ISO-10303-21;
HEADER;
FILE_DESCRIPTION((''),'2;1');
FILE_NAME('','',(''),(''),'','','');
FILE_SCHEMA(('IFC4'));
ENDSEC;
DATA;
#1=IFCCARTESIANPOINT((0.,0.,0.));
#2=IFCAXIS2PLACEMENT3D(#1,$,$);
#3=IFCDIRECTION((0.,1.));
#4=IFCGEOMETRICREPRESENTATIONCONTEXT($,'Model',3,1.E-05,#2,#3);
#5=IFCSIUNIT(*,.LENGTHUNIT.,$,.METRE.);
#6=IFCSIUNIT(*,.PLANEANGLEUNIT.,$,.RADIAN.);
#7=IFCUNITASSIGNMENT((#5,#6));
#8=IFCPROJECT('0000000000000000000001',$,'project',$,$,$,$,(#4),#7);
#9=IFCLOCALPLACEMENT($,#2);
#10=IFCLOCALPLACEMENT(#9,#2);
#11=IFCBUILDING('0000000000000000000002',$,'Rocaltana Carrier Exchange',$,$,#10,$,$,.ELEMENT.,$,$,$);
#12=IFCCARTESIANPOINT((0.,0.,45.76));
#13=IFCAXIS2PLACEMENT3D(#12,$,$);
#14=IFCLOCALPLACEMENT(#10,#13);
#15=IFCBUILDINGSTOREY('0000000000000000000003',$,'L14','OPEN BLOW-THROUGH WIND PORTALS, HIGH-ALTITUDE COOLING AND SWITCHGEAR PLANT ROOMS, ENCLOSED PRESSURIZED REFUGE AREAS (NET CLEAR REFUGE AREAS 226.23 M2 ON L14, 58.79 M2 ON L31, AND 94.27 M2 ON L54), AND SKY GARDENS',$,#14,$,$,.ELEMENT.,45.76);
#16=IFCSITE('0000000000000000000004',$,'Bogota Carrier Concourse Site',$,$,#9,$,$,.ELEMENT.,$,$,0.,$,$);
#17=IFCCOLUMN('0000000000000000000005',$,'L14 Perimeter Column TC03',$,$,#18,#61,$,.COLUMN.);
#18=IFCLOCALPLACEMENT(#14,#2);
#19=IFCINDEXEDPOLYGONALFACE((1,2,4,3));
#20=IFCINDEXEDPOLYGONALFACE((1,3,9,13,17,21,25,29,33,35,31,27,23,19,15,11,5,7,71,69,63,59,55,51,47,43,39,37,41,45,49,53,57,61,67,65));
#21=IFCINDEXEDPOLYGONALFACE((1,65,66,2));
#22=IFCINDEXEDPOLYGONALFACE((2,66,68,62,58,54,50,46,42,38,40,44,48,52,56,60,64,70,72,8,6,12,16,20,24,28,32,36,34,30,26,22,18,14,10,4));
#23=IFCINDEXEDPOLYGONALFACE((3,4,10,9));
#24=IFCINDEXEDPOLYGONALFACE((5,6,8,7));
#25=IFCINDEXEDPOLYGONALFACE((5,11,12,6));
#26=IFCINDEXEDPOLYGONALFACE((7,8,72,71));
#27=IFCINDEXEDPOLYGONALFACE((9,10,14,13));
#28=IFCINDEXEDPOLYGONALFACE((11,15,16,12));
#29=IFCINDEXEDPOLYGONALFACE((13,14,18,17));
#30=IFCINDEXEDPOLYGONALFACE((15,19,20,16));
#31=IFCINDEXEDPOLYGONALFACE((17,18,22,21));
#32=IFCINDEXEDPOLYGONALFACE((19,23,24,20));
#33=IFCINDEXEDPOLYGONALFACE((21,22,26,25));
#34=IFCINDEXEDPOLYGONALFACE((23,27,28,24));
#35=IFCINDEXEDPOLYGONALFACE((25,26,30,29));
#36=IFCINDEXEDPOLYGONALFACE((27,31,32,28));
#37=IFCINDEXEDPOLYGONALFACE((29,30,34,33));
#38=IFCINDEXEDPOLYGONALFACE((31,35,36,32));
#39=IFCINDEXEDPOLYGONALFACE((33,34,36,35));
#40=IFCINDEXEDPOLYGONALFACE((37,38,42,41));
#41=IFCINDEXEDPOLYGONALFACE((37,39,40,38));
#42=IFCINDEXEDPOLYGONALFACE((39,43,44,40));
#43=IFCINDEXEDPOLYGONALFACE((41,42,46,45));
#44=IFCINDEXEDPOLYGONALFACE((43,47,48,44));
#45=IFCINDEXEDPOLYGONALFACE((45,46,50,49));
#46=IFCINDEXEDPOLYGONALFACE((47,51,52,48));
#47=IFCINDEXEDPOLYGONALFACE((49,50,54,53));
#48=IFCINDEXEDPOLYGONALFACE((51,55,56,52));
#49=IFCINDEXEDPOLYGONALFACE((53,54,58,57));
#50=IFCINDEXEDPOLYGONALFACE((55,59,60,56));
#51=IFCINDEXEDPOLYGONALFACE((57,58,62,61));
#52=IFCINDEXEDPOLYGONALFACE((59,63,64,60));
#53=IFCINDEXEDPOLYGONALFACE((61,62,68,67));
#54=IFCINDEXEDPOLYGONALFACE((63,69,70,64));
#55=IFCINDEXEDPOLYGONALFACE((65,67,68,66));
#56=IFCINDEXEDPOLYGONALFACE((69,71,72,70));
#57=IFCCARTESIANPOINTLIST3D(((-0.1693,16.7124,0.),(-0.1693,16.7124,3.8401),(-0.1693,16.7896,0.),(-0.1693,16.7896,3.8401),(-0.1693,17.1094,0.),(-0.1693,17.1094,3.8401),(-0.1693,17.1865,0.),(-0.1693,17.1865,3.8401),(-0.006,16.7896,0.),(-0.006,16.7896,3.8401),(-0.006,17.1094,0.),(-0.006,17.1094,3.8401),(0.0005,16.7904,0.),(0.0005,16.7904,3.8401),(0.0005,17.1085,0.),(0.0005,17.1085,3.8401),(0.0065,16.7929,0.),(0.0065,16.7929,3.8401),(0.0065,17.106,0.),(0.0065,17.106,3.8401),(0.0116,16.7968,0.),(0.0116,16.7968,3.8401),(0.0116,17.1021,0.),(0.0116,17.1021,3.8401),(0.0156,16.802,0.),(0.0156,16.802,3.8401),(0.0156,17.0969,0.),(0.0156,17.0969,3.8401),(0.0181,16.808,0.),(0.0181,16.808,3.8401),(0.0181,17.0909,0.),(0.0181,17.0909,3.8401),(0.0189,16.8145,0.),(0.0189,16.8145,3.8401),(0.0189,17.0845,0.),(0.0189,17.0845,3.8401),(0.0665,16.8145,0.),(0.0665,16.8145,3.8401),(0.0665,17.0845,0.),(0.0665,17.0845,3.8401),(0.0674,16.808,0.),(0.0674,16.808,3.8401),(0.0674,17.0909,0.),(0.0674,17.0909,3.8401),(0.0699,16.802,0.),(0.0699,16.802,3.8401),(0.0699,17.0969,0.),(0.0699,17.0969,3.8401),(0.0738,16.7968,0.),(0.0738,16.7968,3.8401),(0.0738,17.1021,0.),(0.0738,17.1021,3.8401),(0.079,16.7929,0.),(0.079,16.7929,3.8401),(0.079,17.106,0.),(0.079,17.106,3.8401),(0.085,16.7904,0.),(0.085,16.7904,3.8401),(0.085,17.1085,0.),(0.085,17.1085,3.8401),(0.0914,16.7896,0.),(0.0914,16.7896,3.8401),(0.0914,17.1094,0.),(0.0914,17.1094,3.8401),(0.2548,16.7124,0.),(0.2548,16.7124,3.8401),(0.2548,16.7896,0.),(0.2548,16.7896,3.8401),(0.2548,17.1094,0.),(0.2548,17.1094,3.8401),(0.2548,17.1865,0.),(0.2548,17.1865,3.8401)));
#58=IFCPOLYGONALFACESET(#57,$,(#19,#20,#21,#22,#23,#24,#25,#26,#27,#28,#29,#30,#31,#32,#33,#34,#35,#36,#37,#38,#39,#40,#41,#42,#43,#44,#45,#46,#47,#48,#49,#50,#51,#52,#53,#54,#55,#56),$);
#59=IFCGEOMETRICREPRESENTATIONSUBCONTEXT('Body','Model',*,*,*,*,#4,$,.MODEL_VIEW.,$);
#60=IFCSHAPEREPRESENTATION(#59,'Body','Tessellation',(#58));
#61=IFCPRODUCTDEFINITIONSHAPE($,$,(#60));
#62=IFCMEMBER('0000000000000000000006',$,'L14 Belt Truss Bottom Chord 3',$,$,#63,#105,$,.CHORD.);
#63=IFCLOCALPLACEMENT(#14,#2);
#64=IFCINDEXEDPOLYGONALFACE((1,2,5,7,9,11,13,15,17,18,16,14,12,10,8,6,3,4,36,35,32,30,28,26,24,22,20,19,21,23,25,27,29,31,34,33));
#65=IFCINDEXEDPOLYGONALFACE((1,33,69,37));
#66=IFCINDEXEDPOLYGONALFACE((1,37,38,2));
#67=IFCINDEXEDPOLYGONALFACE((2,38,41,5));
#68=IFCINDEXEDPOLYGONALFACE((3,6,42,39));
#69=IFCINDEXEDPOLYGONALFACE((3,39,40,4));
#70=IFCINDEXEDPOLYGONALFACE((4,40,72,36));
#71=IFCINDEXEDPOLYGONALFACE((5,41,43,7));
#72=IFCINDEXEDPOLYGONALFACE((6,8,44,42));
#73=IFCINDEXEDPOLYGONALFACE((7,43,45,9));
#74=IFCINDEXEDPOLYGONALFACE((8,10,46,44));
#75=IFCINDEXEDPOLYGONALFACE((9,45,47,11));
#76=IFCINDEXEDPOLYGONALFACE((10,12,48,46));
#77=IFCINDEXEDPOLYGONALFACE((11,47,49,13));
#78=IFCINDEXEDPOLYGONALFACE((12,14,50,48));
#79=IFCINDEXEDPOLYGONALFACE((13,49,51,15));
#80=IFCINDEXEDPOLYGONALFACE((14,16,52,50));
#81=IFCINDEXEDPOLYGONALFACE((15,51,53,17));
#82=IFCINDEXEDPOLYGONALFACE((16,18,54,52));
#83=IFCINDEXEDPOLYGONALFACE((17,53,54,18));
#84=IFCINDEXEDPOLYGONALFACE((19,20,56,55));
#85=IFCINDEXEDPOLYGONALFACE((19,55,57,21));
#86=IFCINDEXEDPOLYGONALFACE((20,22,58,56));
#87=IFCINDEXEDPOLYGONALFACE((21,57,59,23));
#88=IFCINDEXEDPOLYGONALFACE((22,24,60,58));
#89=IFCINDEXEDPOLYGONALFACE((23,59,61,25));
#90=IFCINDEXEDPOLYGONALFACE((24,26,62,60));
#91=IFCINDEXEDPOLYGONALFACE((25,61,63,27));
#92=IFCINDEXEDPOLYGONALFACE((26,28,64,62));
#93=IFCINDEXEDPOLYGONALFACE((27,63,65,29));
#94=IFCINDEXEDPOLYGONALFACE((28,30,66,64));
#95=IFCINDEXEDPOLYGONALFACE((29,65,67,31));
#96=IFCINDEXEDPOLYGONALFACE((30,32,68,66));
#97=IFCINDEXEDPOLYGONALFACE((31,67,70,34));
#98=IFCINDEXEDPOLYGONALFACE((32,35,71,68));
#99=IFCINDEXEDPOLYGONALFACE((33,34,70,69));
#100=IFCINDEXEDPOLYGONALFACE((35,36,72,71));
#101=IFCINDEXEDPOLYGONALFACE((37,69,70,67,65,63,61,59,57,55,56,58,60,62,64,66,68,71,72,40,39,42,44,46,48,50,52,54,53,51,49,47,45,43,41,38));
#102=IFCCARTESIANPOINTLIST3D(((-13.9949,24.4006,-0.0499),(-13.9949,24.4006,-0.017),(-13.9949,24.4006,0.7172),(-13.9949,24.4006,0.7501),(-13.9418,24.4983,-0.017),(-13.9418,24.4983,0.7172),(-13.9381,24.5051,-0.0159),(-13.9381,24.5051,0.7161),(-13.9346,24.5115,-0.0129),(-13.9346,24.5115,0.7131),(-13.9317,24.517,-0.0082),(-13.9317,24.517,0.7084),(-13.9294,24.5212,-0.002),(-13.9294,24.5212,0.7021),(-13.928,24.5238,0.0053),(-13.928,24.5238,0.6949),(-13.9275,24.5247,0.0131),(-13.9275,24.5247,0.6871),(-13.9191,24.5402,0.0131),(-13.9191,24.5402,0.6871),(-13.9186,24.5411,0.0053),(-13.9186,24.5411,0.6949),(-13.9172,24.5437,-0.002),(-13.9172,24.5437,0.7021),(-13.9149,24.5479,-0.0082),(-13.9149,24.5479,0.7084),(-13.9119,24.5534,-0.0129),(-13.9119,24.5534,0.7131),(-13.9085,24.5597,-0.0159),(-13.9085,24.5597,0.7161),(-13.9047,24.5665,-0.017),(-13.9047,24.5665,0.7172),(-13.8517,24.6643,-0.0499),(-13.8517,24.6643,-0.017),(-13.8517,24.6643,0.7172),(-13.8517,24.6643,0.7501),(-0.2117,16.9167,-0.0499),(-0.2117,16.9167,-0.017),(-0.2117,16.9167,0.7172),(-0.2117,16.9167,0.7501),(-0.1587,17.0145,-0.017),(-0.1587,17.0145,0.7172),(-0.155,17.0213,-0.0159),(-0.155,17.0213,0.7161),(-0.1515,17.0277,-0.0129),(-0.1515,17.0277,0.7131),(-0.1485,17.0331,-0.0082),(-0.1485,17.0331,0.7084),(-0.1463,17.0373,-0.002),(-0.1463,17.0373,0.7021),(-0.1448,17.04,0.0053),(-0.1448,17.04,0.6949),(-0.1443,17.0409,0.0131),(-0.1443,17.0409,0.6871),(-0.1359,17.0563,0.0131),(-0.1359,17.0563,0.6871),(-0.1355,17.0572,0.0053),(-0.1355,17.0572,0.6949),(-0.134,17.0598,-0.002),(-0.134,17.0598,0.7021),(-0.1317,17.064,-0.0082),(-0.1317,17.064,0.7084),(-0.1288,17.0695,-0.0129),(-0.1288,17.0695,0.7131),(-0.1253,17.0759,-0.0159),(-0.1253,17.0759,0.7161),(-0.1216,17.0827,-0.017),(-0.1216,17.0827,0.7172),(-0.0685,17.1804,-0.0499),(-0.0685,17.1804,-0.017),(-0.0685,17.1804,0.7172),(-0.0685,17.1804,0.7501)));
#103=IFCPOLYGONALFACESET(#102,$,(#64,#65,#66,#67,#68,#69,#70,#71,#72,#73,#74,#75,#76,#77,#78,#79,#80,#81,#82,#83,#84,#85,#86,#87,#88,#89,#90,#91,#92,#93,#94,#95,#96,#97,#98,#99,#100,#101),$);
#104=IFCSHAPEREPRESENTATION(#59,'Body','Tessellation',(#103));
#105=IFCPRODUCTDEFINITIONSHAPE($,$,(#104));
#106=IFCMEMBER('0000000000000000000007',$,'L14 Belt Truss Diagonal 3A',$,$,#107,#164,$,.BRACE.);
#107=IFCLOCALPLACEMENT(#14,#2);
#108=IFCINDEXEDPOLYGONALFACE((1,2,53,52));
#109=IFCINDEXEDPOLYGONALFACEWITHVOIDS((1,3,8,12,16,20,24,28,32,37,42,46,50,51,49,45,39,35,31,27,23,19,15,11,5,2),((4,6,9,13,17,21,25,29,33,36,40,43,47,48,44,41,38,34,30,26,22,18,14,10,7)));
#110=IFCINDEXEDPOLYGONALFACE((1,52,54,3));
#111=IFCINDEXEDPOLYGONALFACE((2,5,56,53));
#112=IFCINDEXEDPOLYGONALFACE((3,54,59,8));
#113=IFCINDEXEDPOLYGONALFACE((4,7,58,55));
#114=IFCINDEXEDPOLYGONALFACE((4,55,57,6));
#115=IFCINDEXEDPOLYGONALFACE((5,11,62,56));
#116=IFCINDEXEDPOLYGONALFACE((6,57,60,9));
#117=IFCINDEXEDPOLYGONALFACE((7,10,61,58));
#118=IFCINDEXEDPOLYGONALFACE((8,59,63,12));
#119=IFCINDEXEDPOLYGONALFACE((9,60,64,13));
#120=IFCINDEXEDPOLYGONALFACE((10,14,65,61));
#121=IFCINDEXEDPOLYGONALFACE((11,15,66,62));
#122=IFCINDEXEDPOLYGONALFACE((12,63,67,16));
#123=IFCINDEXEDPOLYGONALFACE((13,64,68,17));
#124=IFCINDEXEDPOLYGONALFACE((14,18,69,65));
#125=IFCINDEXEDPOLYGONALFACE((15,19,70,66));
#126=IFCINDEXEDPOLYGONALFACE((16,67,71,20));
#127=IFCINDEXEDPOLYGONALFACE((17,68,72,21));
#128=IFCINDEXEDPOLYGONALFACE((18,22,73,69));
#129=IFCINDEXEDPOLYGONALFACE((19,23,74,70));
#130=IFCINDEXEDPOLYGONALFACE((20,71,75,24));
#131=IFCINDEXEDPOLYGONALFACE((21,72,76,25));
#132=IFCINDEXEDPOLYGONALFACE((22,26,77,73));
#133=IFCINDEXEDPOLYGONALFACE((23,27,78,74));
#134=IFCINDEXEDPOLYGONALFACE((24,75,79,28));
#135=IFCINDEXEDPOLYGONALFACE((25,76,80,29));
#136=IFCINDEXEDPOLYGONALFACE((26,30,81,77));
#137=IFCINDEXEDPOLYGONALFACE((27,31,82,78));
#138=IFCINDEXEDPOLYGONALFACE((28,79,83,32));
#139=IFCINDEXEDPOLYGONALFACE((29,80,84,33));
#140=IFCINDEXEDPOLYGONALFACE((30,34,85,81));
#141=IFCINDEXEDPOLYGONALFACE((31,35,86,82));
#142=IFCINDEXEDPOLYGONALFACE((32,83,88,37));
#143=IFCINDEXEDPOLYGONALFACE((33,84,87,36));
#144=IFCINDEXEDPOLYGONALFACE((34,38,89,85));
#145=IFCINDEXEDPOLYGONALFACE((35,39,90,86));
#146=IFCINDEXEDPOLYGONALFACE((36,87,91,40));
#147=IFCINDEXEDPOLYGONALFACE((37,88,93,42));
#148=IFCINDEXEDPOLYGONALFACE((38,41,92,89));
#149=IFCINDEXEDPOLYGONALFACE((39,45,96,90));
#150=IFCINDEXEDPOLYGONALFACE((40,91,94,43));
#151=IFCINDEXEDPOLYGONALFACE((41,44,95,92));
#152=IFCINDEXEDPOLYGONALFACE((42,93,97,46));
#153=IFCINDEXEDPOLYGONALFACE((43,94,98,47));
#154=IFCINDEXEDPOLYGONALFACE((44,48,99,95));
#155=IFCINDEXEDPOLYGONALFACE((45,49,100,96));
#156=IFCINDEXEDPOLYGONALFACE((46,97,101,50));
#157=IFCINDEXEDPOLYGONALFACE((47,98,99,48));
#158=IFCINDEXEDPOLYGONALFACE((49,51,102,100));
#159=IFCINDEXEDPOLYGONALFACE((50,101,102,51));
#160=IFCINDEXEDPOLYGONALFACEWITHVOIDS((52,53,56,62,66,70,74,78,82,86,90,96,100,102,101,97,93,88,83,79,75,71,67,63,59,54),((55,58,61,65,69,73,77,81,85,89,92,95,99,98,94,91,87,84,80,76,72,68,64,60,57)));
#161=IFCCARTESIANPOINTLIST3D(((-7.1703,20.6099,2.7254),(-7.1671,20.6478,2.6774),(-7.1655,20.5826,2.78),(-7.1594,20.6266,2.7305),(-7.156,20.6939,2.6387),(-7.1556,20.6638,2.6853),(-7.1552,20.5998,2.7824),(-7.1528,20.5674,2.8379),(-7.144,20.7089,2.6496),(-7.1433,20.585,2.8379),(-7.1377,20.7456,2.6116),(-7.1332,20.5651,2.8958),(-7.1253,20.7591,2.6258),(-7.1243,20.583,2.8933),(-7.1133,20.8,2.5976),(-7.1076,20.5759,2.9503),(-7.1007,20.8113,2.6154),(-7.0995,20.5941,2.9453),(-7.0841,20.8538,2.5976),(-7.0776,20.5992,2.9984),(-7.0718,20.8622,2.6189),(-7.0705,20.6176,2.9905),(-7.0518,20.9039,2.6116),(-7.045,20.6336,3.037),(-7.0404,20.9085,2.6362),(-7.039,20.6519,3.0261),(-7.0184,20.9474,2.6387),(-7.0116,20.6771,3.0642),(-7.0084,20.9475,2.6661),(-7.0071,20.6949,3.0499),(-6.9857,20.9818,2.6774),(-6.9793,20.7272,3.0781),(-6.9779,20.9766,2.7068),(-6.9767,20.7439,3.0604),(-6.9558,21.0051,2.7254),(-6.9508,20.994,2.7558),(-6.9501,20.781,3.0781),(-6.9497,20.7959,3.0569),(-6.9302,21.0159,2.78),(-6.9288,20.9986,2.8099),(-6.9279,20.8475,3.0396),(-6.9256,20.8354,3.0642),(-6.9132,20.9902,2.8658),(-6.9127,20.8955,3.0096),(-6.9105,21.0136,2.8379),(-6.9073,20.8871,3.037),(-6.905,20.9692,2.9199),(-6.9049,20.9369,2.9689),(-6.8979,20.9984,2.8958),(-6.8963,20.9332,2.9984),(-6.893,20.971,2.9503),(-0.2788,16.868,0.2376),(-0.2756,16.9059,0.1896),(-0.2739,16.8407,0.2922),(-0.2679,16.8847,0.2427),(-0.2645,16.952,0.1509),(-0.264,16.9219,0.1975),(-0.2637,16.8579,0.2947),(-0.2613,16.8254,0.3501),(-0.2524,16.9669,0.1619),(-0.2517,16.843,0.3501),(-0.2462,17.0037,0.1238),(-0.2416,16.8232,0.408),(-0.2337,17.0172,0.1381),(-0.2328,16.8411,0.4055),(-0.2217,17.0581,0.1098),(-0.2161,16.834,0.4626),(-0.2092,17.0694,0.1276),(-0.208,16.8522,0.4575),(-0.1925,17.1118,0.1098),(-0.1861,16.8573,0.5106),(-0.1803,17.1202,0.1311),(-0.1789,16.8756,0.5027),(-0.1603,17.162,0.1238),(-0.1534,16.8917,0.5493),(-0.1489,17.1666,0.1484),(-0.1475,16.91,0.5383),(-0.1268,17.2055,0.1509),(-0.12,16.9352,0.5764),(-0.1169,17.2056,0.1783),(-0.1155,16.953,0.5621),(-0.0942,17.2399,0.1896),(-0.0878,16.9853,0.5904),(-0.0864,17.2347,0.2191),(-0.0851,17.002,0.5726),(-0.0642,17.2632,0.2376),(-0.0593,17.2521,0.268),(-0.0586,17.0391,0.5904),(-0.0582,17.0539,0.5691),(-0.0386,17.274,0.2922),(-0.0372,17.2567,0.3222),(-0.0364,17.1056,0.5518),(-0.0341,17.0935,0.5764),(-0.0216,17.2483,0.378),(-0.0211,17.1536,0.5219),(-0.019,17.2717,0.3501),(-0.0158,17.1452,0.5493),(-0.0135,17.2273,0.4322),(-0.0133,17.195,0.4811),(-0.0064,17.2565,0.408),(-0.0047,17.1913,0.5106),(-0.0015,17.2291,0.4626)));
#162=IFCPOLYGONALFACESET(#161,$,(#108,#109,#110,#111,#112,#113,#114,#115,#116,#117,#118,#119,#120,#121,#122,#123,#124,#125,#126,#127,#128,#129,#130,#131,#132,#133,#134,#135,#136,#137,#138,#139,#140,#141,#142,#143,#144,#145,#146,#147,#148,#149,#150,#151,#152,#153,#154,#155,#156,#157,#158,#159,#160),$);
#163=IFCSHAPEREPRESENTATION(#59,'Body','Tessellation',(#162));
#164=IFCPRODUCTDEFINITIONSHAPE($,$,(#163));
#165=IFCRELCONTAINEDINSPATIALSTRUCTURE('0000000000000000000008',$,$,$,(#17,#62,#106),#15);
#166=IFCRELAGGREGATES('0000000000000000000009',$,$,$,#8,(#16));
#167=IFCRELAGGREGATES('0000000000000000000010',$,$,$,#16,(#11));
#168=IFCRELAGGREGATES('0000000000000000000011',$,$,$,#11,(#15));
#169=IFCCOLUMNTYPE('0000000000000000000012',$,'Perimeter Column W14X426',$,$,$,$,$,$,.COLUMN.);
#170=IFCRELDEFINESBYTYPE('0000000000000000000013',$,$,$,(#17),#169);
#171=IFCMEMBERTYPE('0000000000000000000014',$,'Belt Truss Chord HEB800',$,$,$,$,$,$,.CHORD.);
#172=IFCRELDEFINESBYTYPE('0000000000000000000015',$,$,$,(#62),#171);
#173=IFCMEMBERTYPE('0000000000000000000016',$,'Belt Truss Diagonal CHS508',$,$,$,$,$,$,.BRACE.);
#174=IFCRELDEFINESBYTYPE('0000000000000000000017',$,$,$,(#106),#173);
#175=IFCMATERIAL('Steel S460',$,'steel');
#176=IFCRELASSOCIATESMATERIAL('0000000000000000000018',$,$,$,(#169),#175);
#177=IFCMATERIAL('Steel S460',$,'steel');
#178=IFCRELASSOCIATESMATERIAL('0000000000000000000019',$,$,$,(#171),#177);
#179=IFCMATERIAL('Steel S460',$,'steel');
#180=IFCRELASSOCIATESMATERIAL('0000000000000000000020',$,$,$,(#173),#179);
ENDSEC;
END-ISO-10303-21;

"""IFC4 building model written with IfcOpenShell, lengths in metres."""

from ifc_helpers import new_model, si_unit, direction, frame, origin, origin_2d, place, context, subcontext, project, spatial, hollow_circle, i_section, extrude, material, material_profile, profile_set, type_object, element, save


model = new_model("IFC4")

# Units and contexts
model_context = context("Model", 3, precision=1e-05, world=origin(), true_north=direction((0.0, 1.0)))
body_context = subcontext(model_context, "Body", "Model", "MODEL_VIEW")
ifc_project = project(units=[si_unit("LENGTHUNIT", "METRE"), si_unit("PLANEANGLEUNIT", "RADIAN")], contexts=[model_context])

# Site, building, storey
site_placement = place(None, origin())
site = spatial("IfcSite", under=ifc_project, at=site_placement, Name="Bogota Carrier Concourse Site", CompositionType="ELEMENT", RefElevation=0.0)
building_placement = place(site_placement, origin())
building = spatial("IfcBuilding", under=site, at=building_placement, Name="Rocaltana Carrier Exchange", CompositionType="ELEMENT")
storey_placement = place(building_placement, frame((0.0, 0.0, 45.76)))
storey = spatial("IfcBuildingStorey", under=building, at=storey_placement, Name="L14", Description="OPEN BLOW-THROUGH WIND PORTALS, HIGH-ALTITUDE COOLING AND SWITCHGEAR PLANT ROOMS, ENCLOSED PRESSURIZED REFUGE AREAS (NET CLEAR REFUGE AREAS 226.23 M2 ON L14, 58.79 M2 ON L31, AND 94.27 M2 ON L54), AND SKY GARDENS", CompositionType="ELEMENT", Elevation=45.76)

# Column
ifc_material_1 = material(Name="Steel S460", Category="steel")
ifc_material_profile_1 = material_profile(ifc_material_1, i_section(OverallWidth=0.4241, OverallDepth=0.4741, WebThickness=0.0476, FlangeThickness=0.0771, FilletRadius=0.0249, at=origin_2d()), Name="W14X426")
ifc_profile_set_1 = profile_set([ifc_material_profile_1], Name="Steel S460")
column_type = type_object("IfcColumnType", Name="Perimeter Column W14X426", PredefinedType="COLUMN", material=ifc_profile_set_1)
column_placement = place(storey_placement, frame((0.0427, 16.9495, 0.0), z_axis=(0.0, 0.0, 1.0), x_axis=(1.0, 0.0, 0.0)))
element("IfcColumn", 1, at=column_placement, inside=storey, type_object=column_type, Name="L14 Perimeter Column TC03", PredefinedType="COLUMN", context=body_context, shape_type="SweptSolid", body=[
    extrude(i_section(OverallWidth=0.4241, OverallDepth=0.4741, WebThickness=0.0476, FlangeThickness=0.0771, FilletRadius=0.0249, at=origin_2d()), origin(), (0.0, 0.0, 1.0), 3.8401),
])

# Members
ifc_material_2 = material(Name="Steel S460", Category="steel")
ifc_material_profile_2 = material_profile(ifc_material_2, i_section(OverallWidth=0.3, OverallDepth=0.8, WebThickness=0.0176, FlangeThickness=0.033, FilletRadius=0.03, at=origin_2d()), Name="HEB800")
ifc_profile_set_2 = profile_set([ifc_material_profile_2], Name="Steel S460")
member_type_1 = type_object("IfcMemberType", Name="Belt Truss Chord HEB800", PredefinedType="CHORD", material=ifc_profile_set_2)
member_1_placement = place(storey_placement, frame((-0.1401, 17.0486, 0.3501), z_axis=(-0.878811, 0.477169, 0.0), x_axis=(-0.477169, -0.878811, 0.0)))
element("IfcMember", 2, at=member_1_placement, inside=storey, type_object=member_type_1, Name="L14 Belt Truss Bottom Chord 3", PredefinedType="CHORD", context=body_context, shape_type="SweptSolid", body=[
    extrude(i_section(OverallWidth=0.3, OverallDepth=0.8, WebThickness=0.0176, FlangeThickness=0.033, FilletRadius=0.03, at=origin_2d()), origin(), (0.0, 0.0, 1.0), 15.6838),
])
ifc_material_3 = material(Name="Steel S460", Category="steel")
ifc_material_profile_3 = material_profile(ifc_material_3, hollow_circle(Radius=0.2539, WallThickness=0.02, at=origin_2d()), Name="CHS508X20")
ifc_profile_set_3 = profile_set([ifc_material_profile_3], Name="Steel S460")
member_type_2 = type_object("IfcMemberType", Name="Belt Truss Diagonal CHS508", PredefinedType="BRACE", material=ifc_profile_set_3)
member_2_placement = place(storey_placement, frame((-0.1401, 17.0486, 0.3501), z_axis=(-0.837669, 0.454831, 0.302389), x_axis=(-0.477169, -0.878811, 0.0)))
element("IfcMember", 3, at=member_2_placement, inside=storey, type_object=member_type_2, Name="L14 Belt Truss Diagonal 3A", PredefinedType="BRACE", context=body_context, shape_type="SweptSolid", body=[
    extrude(hollow_circle(Radius=0.2539, WallThickness=0.02, at=origin_2d()), origin(), (0.0, 0.0, 1.0), 8.2271),
])

save(model, "model.ifc")
